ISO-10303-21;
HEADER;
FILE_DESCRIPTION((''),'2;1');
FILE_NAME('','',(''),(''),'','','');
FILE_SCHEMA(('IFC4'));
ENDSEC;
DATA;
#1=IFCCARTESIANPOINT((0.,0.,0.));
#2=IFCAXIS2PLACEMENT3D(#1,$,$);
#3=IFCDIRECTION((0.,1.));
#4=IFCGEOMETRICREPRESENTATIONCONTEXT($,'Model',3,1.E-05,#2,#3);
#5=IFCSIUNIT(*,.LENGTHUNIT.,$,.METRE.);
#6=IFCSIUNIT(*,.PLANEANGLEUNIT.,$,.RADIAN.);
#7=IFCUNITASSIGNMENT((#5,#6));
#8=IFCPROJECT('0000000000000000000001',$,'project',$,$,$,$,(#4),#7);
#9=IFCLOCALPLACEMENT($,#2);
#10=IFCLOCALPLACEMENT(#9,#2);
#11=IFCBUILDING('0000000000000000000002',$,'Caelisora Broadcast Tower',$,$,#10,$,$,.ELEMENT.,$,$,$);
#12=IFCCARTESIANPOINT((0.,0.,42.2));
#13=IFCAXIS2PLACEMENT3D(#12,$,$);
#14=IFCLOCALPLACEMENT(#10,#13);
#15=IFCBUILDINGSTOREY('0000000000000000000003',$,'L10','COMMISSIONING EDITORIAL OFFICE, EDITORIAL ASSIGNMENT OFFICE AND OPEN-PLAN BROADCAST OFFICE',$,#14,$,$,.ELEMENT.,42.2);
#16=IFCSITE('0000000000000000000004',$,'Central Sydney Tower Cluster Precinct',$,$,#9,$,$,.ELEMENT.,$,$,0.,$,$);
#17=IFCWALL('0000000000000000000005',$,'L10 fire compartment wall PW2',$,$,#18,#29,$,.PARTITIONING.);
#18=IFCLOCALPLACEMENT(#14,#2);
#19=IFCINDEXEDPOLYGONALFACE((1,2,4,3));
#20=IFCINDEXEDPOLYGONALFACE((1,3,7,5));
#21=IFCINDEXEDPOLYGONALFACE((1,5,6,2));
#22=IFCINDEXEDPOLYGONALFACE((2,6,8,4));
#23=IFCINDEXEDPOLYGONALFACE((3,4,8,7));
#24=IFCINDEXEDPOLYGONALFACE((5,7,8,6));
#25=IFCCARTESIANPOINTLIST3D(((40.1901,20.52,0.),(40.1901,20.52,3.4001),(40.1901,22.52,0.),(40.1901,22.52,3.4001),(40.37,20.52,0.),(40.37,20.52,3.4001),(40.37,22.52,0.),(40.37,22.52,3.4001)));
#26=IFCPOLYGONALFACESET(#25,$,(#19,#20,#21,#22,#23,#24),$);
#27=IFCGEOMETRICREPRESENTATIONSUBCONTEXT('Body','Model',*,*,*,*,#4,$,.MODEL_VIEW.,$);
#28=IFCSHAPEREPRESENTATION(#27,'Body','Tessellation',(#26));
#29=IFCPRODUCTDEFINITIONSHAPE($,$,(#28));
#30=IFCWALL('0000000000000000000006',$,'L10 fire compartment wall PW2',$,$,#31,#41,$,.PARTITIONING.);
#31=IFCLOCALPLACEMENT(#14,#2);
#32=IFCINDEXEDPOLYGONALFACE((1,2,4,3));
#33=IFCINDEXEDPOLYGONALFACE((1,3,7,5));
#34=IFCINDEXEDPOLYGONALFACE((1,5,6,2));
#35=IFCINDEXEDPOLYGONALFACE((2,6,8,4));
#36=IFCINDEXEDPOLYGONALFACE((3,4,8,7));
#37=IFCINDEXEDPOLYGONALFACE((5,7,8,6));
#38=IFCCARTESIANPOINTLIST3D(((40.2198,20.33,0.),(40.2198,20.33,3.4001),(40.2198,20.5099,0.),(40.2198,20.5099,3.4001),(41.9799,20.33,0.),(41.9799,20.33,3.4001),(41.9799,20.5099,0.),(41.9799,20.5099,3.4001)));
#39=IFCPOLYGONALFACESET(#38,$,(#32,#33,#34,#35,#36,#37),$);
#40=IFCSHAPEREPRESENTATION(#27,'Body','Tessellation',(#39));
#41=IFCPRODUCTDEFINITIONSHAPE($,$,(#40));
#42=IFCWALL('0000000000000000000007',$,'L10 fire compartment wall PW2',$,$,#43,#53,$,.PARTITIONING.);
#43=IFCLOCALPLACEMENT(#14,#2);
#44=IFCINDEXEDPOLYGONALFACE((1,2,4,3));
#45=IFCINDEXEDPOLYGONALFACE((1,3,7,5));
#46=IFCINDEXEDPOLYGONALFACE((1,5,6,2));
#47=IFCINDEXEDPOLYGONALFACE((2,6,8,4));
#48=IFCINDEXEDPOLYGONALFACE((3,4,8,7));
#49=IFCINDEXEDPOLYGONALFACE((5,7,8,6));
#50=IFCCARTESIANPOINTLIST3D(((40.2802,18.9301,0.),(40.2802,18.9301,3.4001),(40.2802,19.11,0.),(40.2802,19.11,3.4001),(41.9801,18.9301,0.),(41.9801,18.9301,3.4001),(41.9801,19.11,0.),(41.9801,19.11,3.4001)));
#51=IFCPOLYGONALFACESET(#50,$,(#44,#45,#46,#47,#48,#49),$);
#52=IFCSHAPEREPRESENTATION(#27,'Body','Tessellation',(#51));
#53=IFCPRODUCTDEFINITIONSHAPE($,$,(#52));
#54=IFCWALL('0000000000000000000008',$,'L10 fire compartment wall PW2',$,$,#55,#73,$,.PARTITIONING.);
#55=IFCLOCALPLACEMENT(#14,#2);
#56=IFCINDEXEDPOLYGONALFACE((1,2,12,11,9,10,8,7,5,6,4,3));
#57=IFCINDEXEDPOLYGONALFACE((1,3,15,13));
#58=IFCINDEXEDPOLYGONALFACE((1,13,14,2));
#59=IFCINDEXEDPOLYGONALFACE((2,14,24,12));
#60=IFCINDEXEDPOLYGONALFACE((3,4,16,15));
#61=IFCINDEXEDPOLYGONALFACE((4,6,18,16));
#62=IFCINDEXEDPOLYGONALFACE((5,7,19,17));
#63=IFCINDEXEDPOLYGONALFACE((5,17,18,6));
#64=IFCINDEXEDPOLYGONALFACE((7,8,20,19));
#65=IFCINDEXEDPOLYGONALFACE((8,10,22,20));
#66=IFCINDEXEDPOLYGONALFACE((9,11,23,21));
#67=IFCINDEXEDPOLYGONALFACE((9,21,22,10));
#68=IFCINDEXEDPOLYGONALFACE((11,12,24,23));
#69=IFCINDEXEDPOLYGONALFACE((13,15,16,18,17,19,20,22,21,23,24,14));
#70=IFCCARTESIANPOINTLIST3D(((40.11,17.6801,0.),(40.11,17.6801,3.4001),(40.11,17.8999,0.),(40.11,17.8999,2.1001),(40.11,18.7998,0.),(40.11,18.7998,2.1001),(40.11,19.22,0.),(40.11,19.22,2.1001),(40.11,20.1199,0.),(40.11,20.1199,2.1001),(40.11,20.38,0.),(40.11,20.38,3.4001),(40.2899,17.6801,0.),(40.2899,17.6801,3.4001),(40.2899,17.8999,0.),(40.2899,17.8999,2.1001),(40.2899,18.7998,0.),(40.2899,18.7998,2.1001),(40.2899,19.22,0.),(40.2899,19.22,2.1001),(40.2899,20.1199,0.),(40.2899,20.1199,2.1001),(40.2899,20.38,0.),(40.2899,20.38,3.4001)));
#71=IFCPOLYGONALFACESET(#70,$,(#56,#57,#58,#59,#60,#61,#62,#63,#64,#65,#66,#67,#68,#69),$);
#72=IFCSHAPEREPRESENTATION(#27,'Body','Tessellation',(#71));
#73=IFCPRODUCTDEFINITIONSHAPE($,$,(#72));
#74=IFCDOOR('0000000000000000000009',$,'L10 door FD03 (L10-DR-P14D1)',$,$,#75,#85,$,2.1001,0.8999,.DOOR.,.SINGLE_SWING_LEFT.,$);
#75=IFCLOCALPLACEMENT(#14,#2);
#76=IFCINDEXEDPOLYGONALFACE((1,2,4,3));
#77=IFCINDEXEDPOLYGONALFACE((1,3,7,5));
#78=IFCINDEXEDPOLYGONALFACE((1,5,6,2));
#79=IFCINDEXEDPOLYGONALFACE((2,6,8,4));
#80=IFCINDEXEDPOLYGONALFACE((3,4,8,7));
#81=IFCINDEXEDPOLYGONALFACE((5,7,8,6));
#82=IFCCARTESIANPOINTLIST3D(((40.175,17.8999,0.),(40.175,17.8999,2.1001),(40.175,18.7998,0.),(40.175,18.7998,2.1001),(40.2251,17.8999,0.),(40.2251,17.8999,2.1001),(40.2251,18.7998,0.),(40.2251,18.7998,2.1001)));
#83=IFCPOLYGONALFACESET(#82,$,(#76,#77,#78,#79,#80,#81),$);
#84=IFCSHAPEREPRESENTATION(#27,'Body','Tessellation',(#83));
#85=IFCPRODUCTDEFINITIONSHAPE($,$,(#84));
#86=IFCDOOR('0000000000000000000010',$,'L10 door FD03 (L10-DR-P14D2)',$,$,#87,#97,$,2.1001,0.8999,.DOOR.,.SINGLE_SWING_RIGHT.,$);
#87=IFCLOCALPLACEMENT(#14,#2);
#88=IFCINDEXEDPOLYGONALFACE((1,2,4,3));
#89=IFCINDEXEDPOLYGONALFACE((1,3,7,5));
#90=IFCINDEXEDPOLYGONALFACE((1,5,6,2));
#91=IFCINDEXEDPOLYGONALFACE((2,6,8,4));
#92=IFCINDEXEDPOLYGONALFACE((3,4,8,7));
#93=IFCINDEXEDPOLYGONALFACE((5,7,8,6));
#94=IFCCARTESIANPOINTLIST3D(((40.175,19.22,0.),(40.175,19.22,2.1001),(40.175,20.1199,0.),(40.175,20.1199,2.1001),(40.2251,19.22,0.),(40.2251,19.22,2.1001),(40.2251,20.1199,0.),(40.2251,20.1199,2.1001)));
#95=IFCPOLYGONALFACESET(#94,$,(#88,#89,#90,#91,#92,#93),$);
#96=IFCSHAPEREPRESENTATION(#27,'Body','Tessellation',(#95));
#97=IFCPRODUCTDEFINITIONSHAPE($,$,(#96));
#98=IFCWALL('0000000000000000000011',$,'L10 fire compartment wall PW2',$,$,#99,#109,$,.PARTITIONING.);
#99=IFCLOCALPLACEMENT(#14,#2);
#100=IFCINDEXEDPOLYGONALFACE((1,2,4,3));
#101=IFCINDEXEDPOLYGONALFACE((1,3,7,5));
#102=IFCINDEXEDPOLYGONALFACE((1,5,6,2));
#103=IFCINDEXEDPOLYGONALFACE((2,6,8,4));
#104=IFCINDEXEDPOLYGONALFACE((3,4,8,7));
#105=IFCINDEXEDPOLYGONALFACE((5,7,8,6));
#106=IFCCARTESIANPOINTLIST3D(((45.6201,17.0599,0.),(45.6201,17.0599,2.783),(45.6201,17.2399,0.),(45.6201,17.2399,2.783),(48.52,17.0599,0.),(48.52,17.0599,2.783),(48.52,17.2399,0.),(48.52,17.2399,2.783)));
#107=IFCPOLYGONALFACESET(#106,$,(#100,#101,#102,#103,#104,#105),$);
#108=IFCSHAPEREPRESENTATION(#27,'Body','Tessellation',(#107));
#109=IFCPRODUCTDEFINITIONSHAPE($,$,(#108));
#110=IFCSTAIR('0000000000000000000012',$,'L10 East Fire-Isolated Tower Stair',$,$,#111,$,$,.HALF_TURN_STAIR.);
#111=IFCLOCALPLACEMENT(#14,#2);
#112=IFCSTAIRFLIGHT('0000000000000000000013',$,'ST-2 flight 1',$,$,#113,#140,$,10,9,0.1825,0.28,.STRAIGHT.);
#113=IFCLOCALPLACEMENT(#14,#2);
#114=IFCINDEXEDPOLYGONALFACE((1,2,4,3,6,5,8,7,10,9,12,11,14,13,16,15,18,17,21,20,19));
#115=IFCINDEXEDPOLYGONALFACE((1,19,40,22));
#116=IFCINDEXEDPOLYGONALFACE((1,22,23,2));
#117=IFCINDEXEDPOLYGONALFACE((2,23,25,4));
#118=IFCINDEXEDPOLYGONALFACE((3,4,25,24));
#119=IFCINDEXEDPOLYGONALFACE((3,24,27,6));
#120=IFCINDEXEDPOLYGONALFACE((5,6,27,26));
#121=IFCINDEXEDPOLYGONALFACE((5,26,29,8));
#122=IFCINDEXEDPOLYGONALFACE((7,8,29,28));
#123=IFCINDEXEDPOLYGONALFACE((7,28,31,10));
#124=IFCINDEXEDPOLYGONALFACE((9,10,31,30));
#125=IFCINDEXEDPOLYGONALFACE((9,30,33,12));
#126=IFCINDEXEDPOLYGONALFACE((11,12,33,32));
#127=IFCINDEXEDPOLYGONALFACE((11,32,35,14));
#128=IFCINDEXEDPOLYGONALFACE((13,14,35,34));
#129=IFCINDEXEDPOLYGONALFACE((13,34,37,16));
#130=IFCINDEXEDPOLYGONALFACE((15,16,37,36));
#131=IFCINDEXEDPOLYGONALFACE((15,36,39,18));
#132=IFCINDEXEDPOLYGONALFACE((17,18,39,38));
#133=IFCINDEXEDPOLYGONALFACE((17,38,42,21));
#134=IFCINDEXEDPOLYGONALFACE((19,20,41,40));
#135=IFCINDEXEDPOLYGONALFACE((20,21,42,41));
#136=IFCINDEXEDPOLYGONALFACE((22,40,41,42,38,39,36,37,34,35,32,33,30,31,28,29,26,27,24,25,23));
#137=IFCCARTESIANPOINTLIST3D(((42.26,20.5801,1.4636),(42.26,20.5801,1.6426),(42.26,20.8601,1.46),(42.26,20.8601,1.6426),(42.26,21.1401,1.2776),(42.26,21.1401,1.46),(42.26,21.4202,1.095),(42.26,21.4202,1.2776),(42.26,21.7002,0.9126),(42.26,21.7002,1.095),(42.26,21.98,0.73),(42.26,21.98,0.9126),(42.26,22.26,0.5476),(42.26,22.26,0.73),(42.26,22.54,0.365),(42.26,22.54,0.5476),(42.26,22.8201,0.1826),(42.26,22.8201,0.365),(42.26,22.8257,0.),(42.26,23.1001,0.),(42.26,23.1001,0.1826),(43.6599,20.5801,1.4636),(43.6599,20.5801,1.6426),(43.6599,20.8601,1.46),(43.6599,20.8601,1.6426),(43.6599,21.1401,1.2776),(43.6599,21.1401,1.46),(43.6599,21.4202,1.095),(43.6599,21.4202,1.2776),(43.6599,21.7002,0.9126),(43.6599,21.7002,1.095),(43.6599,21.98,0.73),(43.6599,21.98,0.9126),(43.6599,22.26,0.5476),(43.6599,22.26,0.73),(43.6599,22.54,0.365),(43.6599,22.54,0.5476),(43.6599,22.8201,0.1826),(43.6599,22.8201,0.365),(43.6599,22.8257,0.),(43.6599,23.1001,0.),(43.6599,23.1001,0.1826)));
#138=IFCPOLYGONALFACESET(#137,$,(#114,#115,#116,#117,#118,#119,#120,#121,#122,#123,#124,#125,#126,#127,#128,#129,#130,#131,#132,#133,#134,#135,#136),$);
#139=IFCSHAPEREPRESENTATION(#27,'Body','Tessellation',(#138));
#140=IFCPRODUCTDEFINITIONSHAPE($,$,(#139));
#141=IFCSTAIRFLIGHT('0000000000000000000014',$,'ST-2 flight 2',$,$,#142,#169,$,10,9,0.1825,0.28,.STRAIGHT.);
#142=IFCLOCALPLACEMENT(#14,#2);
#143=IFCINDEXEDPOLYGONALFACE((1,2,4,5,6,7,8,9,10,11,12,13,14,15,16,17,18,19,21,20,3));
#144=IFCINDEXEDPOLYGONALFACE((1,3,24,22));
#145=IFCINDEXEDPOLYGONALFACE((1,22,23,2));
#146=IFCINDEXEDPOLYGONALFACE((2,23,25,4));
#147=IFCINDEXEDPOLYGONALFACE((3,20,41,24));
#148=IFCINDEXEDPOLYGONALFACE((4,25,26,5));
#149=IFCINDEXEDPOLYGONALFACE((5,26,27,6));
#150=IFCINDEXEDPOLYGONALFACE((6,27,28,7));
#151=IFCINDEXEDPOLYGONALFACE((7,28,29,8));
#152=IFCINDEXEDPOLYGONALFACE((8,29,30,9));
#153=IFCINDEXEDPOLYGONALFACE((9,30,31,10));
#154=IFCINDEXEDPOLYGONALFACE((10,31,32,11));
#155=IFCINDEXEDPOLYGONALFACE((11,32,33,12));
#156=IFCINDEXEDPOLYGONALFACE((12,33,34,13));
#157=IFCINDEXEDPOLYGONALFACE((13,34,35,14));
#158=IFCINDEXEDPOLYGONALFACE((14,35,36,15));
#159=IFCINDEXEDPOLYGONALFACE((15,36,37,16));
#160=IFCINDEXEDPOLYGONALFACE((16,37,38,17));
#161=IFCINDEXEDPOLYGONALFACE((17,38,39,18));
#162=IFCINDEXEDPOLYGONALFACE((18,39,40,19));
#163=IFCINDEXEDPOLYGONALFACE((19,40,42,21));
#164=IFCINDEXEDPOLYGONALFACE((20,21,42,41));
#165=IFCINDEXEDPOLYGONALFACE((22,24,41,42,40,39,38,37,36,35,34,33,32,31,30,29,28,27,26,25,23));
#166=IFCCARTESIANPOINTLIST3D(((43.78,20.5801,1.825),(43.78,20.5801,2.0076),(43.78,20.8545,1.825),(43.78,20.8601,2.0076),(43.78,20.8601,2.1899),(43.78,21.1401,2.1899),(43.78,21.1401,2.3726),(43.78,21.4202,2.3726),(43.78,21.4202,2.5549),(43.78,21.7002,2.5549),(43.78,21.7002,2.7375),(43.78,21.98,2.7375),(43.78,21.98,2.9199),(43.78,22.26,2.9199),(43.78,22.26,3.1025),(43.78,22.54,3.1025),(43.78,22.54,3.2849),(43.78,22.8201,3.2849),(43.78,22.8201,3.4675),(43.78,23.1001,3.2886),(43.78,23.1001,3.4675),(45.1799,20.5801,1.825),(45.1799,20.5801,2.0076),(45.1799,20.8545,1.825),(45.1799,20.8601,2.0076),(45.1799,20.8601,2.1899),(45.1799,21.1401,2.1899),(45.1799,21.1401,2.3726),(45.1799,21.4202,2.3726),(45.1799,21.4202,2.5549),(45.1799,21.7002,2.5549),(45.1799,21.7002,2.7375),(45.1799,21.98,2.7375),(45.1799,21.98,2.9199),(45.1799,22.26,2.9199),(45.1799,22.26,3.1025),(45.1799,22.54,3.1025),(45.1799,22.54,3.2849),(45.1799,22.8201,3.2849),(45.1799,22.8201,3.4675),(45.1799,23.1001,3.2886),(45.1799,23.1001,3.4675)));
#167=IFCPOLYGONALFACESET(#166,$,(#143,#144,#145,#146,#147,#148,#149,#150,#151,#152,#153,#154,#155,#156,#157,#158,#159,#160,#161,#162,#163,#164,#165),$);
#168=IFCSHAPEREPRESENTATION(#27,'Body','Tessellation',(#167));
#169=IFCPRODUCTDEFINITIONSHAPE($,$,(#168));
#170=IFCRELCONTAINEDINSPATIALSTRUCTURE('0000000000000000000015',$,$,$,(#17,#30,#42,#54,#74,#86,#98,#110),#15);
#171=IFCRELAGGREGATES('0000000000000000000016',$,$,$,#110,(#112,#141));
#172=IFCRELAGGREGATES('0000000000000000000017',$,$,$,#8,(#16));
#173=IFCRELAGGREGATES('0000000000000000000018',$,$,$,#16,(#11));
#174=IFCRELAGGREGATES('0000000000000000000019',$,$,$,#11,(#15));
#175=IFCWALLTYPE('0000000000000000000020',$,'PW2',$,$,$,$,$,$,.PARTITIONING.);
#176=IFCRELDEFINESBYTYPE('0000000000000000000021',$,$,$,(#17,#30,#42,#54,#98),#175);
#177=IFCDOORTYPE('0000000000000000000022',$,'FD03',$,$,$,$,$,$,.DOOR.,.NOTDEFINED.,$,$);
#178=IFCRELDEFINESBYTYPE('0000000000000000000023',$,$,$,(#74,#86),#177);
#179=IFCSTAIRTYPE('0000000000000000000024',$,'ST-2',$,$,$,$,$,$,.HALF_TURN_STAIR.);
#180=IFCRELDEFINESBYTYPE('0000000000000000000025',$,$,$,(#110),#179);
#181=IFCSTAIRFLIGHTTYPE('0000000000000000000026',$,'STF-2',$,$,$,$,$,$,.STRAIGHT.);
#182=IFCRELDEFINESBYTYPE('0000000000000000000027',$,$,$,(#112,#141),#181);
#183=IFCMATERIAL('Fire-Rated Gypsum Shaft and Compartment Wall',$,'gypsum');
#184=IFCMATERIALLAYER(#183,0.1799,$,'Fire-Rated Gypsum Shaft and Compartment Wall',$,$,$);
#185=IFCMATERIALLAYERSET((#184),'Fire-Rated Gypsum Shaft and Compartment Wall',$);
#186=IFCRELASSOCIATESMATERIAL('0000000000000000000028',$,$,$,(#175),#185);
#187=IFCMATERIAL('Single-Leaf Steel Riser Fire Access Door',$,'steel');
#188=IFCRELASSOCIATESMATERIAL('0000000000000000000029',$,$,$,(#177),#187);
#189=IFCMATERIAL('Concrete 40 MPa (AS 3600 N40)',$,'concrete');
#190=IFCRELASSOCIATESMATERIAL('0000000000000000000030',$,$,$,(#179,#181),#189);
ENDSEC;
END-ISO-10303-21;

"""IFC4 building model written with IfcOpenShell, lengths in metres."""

from ifc_helpers import new_model, si_unit, direction, frame, frame_2d, origin, place, context, subcontext, project, spatial, polyline, rectangle, outline, extrude, material, layer, layer_set, type_object, element, fill, aggregate, save


model = new_model("IFC4")

# Units and contexts
model_context = context("Model", 3, precision=1e-05, world=origin(), true_north=direction((0.0, 1.0)))
body_context = subcontext(model_context, "Body", "Model", "MODEL_VIEW")
ifc_project = project(units=[si_unit("LENGTHUNIT", "METRE"), si_unit("PLANEANGLEUNIT", "RADIAN")], contexts=[model_context])

# Site, building, storey
site_placement = place(None, origin())
site = spatial("IfcSite", under=ifc_project, at=site_placement, Name="Central Sydney Tower Cluster Precinct", CompositionType="ELEMENT", RefElevation=0.0)
building_placement = place(site_placement, origin())
building = spatial("IfcBuilding", under=site, at=building_placement, Name="Caelisora Broadcast Tower", CompositionType="ELEMENT")
storey_placement = place(building_placement, frame((0.0, 0.0, 42.2)))
storey = spatial("IfcBuildingStorey", under=building, at=storey_placement, Name="L10", Description="COMMISSIONING EDITORIAL OFFICE, EDITORIAL ASSIGNMENT OFFICE AND OPEN-PLAN BROADCAST OFFICE", CompositionType="ELEMENT", Elevation=42.2)

# Shared definitions
ifc_material_1 = material(Name="Fire-Rated Gypsum Shaft and Compartment Wall", Category="gypsum")
ifc_layer_1 = layer(ifc_material_1, 0.1799, Name="Fire-Rated Gypsum Shaft and Compartment Wall")
ifc_layer_set_1 = layer_set([ifc_layer_1], Name="Fire-Rated Gypsum Shaft and Compartment Wall")
wall_type = type_object("IfcWallType", Name="PW2", PredefinedType="PARTITIONING", material=ifc_layer_set_1)

# Walls
wall_1_placement = place(storey_placement, frame((40.28, 20.52, 0.0), z_axis=(0.0, 0.0, 1.0), x_axis=(0.0, 1.0, 0.0)))
element("IfcWall", 1, at=wall_1_placement, inside=storey, type_object=wall_type, Name="L10 fire compartment wall PW2", PredefinedType="PARTITIONING", context=body_context, shape_type="SweptSolid", body=[
    extrude(rectangle(XDim=2.0, YDim=0.1799, at=frame_2d((1.0, 0.0))), origin(), (0.0, 0.0, 1.0), 3.4001),
])
wall_2_placement = place(storey_placement, frame((40.22, 20.4199, 0.0), z_axis=(0.0, 0.0, 1.0), x_axis=(1.0, 0.0, 0.0)))
element("IfcWall", 2, at=wall_2_placement, inside=storey, type_object=wall_type, Name="L10 fire compartment wall PW2", PredefinedType="PARTITIONING", context=body_context, shape_type="SweptSolid", body=[
    extrude(rectangle(XDim=1.76, YDim=0.1799, at=frame_2d((0.8799, 0.0))), origin(), (0.0, 0.0, 1.0), 3.4001),
])
wall_3_placement = place(storey_placement, frame((40.28, 19.02, 0.0), z_axis=(0.0, 0.0, 1.0), x_axis=(1.0, 0.0, 0.0)))
element("IfcWall", 3, at=wall_3_placement, inside=storey, type_object=wall_type, Name="L10 fire compartment wall PW2", PredefinedType="PARTITIONING", context=body_context, shape_type="SweptSolid", body=[
    extrude(rectangle(XDim=1.7, YDim=0.1799, at=frame_2d((0.8501, 0.0))), origin(), (0.0, 0.0, 1.0), 3.4001),
])

# Wall, openings, doors
wall_4_placement = place(storey_placement, frame((40.2, 17.6799, 0.0), z_axis=(0.0, 0.0, 1.0), x_axis=(0.0, 1.0, 0.0)))
wall_4 = element("IfcWall", 4, at=wall_4_placement, inside=storey, type_object=wall_type, Name="L10 fire compartment wall PW2", PredefinedType="PARTITIONING", context=body_context, shape_type="SweptSolid", body=[
    extrude(rectangle(XDim=2.7, YDim=0.1799, at=frame_2d((1.3501, 0.0))), origin(), (0.0, 0.0, 1.0), 3.4001),
])
opening_1_placement = place(wall_4_placement, frame((0.22, 0.0, 0.0)))
opening_1 = element("IfcOpeningElement", 5, at=opening_1_placement, cuts=wall_4, PredefinedType="OPENING", context=body_context, shape_type="SweptSolid", body=[
    extrude(rectangle(XDim=0.8999, YDim=2.1001, at=frame_2d((0.45, 1.05))), frame((0.0, 0.1021, 0.0), z_axis=(0.0, -1.0, 0.0), x_axis=(1.0, 0.0, 0.0)), (0.0, 0.0, 1.0), 0.2039),
])
opening_2_placement = place(wall_4_placement, frame((1.54, 0.0, 0.0)))
opening_2 = element("IfcOpeningElement", 6, at=opening_2_placement, cuts=wall_4, PredefinedType="OPENING", context=body_context, shape_type="SweptSolid", body=[
    extrude(rectangle(XDim=0.8999, YDim=2.1001, at=frame_2d((0.45, 1.05))), frame((0.0, 0.1021, 0.0), z_axis=(0.0, -1.0, 0.0), x_axis=(1.0, 0.0, 0.0)), (0.0, 0.0, 1.0), 0.2039),
])
ifc_material_2 = material(Name="Single-Leaf Steel Riser Fire Access Door", Category="steel")
door_type_1 = type_object("IfcDoorType", Name="FD03", OperationType="NOTDEFINED", PredefinedType="DOOR", material=ifc_material_2)
door_1_placement = place(opening_1_placement, origin())
door_1 = element("IfcDoor", 7, at=door_1_placement, inside=storey, type_object=door_type_1, Name="L10 door FD03 (L10-DR-P14D1)", OperationType="SINGLE_SWING_LEFT", OverallHeight=2.1001, OverallWidth=0.8999, PredefinedType="DOOR", context=body_context, shape_type="SweptSolid", body=[
    extrude(rectangle(XDim=0.8999, YDim=2.1001, at=frame_2d((0.45, 1.05))), frame((0.0, 0.0249, 0.0), z_axis=(0.0, -1.0, 0.0), x_axis=(1.0, 0.0, 0.0)), (0.0, 0.0, 1.0), 0.05),
])
fill(opening_1, door_1)
door_2_placement = place(opening_2_placement, origin())
door_2 = element("IfcDoor", 8, at=door_2_placement, inside=storey, type_object=door_type_1, Name="L10 door FD03 (L10-DR-P14D2)", OperationType="SINGLE_SWING_RIGHT", OverallHeight=2.1001, OverallWidth=0.8999, PredefinedType="DOOR", context=body_context, shape_type="SweptSolid", body=[
    extrude(rectangle(XDim=0.8999, YDim=2.1001, at=frame_2d((0.45, 1.05))), frame((0.0, 0.0249, 0.0), z_axis=(0.0, -1.0, 0.0), x_axis=(1.0, 0.0, 0.0)), (0.0, 0.0, 1.0), 0.05),
])
fill(opening_2, door_2)

# Wall
wall_5_placement = place(storey_placement, frame((45.6201, 17.1499, 0.0), z_axis=(0.0, 0.0, 1.0), x_axis=(1.0, 0.0, 0.0)))
element("IfcWall", 9, at=wall_5_placement, inside=storey, type_object=wall_type, Name="L10 fire compartment wall PW2", PredefinedType="PARTITIONING", context=body_context, shape_type="SweptSolid", body=[
    extrude(rectangle(XDim=2.8999, YDim=0.1799, at=frame_2d((1.45, 0.0))), origin(), (0.0, 0.0, 1.0), 2.783),
])

# Stair, stair flights
ifc_material_3 = material(Name="Concrete 40 MPa (AS 3600 N40)", Category="concrete")
stair_type = type_object("IfcStairType", Name="ST-2", PredefinedType="HALF_TURN_STAIR", material=ifc_material_3)
stair_placement = place(storey_placement, origin())
stair = element("IfcStair", 10, at=stair_placement, inside=storey, type_object=stair_type, Name="L10 East Fire-Isolated Tower Stair", PredefinedType="HALF_TURN_STAIR")
stair_flight_type = type_object("IfcStairFlightType", Name="STF-2", PredefinedType="STRAIGHT", material=ifc_material_3)
stair_flight_1_placement = place(storey_placement, frame((42.96, 23.1001, 0.0), z_axis=(0.0, 0.0, 1.0), x_axis=(0.0, -1.0, 0.0)))
stair_flight_1 = element("IfcStairFlight", 11, at=stair_flight_1_placement, type_object=stair_flight_type, Name="ST-2 flight 1", NumberOfRisers=10, NumberOfTreads=9, PredefinedType="STRAIGHT", RiserHeight=0.1825, TreadLength=0.28, context=body_context, shape_type="SweptSolid", body=[
    extrude(outline(polyline([(0.0, 0.0), (0.0, 0.1826), (0.28, 0.1826), (0.28, 0.365), (0.5601, 0.365), (0.5601, 0.5476), (0.8401, 0.5476), (0.8401, 0.73), (1.1201, 0.73), (1.1201, 0.9126), (1.3999, 0.9126), (1.3999, 1.095), (1.6799, 1.095), (1.6799, 1.2776), (1.96, 1.2776), (1.96, 1.46), (2.24, 1.46), (2.24, 1.6426), (2.52, 1.6426), (2.52, 1.825), (2.52, 1.4636), (0.2744, 0.0), (0.0, 0.0)])), frame((0.0, 0.7, 0.0), z_axis=(0.0, -1.0, 0.0), x_axis=(1.0, 0.0, 0.0)), (0.0, 0.0, 1.0), 1.3999),
])
stair_flight_2_placement = place(storey_placement, frame((44.48, 20.5801, 1.825), z_axis=(0.0, 0.0, 1.0), x_axis=(0.0, 1.0, 0.0)))
stair_flight_2 = element("IfcStairFlight", 12, at=stair_flight_2_placement, type_object=stair_flight_type, Name="ST-2 flight 2", NumberOfRisers=10, NumberOfTreads=9, PredefinedType="STRAIGHT", RiserHeight=0.1825, TreadLength=0.28, context=body_context, shape_type="SweptSolid", body=[
    extrude(outline(polyline([(0.0, 0.0), (0.0, 0.1826), (0.28, 0.1826), (0.28, 0.365), (0.5601, 0.365), (0.5601, 0.5476), (0.8401, 0.5476), (0.8401, 0.73), (1.1201, 0.73), (1.1201, 0.9126), (1.3999, 0.9126), (1.3999, 1.095), (1.6799, 1.095), (1.6799, 1.2776), (1.96, 1.2776), (1.96, 1.46), (2.24, 1.46), (2.24, 1.6426), (2.52, 1.6426), (2.52, 1.825), (2.52, 1.4636), (0.2744, 0.0), (0.0, 0.0)])), frame((0.0, 0.7, 0.0), z_axis=(0.0, -1.0, 0.0), x_axis=(1.0, 0.0, 0.0)), (0.0, 0.0, 1.0), 1.3999),
])
aggregate(stair, [stair_flight_1, stair_flight_2])

save(model, "model.ifc")
